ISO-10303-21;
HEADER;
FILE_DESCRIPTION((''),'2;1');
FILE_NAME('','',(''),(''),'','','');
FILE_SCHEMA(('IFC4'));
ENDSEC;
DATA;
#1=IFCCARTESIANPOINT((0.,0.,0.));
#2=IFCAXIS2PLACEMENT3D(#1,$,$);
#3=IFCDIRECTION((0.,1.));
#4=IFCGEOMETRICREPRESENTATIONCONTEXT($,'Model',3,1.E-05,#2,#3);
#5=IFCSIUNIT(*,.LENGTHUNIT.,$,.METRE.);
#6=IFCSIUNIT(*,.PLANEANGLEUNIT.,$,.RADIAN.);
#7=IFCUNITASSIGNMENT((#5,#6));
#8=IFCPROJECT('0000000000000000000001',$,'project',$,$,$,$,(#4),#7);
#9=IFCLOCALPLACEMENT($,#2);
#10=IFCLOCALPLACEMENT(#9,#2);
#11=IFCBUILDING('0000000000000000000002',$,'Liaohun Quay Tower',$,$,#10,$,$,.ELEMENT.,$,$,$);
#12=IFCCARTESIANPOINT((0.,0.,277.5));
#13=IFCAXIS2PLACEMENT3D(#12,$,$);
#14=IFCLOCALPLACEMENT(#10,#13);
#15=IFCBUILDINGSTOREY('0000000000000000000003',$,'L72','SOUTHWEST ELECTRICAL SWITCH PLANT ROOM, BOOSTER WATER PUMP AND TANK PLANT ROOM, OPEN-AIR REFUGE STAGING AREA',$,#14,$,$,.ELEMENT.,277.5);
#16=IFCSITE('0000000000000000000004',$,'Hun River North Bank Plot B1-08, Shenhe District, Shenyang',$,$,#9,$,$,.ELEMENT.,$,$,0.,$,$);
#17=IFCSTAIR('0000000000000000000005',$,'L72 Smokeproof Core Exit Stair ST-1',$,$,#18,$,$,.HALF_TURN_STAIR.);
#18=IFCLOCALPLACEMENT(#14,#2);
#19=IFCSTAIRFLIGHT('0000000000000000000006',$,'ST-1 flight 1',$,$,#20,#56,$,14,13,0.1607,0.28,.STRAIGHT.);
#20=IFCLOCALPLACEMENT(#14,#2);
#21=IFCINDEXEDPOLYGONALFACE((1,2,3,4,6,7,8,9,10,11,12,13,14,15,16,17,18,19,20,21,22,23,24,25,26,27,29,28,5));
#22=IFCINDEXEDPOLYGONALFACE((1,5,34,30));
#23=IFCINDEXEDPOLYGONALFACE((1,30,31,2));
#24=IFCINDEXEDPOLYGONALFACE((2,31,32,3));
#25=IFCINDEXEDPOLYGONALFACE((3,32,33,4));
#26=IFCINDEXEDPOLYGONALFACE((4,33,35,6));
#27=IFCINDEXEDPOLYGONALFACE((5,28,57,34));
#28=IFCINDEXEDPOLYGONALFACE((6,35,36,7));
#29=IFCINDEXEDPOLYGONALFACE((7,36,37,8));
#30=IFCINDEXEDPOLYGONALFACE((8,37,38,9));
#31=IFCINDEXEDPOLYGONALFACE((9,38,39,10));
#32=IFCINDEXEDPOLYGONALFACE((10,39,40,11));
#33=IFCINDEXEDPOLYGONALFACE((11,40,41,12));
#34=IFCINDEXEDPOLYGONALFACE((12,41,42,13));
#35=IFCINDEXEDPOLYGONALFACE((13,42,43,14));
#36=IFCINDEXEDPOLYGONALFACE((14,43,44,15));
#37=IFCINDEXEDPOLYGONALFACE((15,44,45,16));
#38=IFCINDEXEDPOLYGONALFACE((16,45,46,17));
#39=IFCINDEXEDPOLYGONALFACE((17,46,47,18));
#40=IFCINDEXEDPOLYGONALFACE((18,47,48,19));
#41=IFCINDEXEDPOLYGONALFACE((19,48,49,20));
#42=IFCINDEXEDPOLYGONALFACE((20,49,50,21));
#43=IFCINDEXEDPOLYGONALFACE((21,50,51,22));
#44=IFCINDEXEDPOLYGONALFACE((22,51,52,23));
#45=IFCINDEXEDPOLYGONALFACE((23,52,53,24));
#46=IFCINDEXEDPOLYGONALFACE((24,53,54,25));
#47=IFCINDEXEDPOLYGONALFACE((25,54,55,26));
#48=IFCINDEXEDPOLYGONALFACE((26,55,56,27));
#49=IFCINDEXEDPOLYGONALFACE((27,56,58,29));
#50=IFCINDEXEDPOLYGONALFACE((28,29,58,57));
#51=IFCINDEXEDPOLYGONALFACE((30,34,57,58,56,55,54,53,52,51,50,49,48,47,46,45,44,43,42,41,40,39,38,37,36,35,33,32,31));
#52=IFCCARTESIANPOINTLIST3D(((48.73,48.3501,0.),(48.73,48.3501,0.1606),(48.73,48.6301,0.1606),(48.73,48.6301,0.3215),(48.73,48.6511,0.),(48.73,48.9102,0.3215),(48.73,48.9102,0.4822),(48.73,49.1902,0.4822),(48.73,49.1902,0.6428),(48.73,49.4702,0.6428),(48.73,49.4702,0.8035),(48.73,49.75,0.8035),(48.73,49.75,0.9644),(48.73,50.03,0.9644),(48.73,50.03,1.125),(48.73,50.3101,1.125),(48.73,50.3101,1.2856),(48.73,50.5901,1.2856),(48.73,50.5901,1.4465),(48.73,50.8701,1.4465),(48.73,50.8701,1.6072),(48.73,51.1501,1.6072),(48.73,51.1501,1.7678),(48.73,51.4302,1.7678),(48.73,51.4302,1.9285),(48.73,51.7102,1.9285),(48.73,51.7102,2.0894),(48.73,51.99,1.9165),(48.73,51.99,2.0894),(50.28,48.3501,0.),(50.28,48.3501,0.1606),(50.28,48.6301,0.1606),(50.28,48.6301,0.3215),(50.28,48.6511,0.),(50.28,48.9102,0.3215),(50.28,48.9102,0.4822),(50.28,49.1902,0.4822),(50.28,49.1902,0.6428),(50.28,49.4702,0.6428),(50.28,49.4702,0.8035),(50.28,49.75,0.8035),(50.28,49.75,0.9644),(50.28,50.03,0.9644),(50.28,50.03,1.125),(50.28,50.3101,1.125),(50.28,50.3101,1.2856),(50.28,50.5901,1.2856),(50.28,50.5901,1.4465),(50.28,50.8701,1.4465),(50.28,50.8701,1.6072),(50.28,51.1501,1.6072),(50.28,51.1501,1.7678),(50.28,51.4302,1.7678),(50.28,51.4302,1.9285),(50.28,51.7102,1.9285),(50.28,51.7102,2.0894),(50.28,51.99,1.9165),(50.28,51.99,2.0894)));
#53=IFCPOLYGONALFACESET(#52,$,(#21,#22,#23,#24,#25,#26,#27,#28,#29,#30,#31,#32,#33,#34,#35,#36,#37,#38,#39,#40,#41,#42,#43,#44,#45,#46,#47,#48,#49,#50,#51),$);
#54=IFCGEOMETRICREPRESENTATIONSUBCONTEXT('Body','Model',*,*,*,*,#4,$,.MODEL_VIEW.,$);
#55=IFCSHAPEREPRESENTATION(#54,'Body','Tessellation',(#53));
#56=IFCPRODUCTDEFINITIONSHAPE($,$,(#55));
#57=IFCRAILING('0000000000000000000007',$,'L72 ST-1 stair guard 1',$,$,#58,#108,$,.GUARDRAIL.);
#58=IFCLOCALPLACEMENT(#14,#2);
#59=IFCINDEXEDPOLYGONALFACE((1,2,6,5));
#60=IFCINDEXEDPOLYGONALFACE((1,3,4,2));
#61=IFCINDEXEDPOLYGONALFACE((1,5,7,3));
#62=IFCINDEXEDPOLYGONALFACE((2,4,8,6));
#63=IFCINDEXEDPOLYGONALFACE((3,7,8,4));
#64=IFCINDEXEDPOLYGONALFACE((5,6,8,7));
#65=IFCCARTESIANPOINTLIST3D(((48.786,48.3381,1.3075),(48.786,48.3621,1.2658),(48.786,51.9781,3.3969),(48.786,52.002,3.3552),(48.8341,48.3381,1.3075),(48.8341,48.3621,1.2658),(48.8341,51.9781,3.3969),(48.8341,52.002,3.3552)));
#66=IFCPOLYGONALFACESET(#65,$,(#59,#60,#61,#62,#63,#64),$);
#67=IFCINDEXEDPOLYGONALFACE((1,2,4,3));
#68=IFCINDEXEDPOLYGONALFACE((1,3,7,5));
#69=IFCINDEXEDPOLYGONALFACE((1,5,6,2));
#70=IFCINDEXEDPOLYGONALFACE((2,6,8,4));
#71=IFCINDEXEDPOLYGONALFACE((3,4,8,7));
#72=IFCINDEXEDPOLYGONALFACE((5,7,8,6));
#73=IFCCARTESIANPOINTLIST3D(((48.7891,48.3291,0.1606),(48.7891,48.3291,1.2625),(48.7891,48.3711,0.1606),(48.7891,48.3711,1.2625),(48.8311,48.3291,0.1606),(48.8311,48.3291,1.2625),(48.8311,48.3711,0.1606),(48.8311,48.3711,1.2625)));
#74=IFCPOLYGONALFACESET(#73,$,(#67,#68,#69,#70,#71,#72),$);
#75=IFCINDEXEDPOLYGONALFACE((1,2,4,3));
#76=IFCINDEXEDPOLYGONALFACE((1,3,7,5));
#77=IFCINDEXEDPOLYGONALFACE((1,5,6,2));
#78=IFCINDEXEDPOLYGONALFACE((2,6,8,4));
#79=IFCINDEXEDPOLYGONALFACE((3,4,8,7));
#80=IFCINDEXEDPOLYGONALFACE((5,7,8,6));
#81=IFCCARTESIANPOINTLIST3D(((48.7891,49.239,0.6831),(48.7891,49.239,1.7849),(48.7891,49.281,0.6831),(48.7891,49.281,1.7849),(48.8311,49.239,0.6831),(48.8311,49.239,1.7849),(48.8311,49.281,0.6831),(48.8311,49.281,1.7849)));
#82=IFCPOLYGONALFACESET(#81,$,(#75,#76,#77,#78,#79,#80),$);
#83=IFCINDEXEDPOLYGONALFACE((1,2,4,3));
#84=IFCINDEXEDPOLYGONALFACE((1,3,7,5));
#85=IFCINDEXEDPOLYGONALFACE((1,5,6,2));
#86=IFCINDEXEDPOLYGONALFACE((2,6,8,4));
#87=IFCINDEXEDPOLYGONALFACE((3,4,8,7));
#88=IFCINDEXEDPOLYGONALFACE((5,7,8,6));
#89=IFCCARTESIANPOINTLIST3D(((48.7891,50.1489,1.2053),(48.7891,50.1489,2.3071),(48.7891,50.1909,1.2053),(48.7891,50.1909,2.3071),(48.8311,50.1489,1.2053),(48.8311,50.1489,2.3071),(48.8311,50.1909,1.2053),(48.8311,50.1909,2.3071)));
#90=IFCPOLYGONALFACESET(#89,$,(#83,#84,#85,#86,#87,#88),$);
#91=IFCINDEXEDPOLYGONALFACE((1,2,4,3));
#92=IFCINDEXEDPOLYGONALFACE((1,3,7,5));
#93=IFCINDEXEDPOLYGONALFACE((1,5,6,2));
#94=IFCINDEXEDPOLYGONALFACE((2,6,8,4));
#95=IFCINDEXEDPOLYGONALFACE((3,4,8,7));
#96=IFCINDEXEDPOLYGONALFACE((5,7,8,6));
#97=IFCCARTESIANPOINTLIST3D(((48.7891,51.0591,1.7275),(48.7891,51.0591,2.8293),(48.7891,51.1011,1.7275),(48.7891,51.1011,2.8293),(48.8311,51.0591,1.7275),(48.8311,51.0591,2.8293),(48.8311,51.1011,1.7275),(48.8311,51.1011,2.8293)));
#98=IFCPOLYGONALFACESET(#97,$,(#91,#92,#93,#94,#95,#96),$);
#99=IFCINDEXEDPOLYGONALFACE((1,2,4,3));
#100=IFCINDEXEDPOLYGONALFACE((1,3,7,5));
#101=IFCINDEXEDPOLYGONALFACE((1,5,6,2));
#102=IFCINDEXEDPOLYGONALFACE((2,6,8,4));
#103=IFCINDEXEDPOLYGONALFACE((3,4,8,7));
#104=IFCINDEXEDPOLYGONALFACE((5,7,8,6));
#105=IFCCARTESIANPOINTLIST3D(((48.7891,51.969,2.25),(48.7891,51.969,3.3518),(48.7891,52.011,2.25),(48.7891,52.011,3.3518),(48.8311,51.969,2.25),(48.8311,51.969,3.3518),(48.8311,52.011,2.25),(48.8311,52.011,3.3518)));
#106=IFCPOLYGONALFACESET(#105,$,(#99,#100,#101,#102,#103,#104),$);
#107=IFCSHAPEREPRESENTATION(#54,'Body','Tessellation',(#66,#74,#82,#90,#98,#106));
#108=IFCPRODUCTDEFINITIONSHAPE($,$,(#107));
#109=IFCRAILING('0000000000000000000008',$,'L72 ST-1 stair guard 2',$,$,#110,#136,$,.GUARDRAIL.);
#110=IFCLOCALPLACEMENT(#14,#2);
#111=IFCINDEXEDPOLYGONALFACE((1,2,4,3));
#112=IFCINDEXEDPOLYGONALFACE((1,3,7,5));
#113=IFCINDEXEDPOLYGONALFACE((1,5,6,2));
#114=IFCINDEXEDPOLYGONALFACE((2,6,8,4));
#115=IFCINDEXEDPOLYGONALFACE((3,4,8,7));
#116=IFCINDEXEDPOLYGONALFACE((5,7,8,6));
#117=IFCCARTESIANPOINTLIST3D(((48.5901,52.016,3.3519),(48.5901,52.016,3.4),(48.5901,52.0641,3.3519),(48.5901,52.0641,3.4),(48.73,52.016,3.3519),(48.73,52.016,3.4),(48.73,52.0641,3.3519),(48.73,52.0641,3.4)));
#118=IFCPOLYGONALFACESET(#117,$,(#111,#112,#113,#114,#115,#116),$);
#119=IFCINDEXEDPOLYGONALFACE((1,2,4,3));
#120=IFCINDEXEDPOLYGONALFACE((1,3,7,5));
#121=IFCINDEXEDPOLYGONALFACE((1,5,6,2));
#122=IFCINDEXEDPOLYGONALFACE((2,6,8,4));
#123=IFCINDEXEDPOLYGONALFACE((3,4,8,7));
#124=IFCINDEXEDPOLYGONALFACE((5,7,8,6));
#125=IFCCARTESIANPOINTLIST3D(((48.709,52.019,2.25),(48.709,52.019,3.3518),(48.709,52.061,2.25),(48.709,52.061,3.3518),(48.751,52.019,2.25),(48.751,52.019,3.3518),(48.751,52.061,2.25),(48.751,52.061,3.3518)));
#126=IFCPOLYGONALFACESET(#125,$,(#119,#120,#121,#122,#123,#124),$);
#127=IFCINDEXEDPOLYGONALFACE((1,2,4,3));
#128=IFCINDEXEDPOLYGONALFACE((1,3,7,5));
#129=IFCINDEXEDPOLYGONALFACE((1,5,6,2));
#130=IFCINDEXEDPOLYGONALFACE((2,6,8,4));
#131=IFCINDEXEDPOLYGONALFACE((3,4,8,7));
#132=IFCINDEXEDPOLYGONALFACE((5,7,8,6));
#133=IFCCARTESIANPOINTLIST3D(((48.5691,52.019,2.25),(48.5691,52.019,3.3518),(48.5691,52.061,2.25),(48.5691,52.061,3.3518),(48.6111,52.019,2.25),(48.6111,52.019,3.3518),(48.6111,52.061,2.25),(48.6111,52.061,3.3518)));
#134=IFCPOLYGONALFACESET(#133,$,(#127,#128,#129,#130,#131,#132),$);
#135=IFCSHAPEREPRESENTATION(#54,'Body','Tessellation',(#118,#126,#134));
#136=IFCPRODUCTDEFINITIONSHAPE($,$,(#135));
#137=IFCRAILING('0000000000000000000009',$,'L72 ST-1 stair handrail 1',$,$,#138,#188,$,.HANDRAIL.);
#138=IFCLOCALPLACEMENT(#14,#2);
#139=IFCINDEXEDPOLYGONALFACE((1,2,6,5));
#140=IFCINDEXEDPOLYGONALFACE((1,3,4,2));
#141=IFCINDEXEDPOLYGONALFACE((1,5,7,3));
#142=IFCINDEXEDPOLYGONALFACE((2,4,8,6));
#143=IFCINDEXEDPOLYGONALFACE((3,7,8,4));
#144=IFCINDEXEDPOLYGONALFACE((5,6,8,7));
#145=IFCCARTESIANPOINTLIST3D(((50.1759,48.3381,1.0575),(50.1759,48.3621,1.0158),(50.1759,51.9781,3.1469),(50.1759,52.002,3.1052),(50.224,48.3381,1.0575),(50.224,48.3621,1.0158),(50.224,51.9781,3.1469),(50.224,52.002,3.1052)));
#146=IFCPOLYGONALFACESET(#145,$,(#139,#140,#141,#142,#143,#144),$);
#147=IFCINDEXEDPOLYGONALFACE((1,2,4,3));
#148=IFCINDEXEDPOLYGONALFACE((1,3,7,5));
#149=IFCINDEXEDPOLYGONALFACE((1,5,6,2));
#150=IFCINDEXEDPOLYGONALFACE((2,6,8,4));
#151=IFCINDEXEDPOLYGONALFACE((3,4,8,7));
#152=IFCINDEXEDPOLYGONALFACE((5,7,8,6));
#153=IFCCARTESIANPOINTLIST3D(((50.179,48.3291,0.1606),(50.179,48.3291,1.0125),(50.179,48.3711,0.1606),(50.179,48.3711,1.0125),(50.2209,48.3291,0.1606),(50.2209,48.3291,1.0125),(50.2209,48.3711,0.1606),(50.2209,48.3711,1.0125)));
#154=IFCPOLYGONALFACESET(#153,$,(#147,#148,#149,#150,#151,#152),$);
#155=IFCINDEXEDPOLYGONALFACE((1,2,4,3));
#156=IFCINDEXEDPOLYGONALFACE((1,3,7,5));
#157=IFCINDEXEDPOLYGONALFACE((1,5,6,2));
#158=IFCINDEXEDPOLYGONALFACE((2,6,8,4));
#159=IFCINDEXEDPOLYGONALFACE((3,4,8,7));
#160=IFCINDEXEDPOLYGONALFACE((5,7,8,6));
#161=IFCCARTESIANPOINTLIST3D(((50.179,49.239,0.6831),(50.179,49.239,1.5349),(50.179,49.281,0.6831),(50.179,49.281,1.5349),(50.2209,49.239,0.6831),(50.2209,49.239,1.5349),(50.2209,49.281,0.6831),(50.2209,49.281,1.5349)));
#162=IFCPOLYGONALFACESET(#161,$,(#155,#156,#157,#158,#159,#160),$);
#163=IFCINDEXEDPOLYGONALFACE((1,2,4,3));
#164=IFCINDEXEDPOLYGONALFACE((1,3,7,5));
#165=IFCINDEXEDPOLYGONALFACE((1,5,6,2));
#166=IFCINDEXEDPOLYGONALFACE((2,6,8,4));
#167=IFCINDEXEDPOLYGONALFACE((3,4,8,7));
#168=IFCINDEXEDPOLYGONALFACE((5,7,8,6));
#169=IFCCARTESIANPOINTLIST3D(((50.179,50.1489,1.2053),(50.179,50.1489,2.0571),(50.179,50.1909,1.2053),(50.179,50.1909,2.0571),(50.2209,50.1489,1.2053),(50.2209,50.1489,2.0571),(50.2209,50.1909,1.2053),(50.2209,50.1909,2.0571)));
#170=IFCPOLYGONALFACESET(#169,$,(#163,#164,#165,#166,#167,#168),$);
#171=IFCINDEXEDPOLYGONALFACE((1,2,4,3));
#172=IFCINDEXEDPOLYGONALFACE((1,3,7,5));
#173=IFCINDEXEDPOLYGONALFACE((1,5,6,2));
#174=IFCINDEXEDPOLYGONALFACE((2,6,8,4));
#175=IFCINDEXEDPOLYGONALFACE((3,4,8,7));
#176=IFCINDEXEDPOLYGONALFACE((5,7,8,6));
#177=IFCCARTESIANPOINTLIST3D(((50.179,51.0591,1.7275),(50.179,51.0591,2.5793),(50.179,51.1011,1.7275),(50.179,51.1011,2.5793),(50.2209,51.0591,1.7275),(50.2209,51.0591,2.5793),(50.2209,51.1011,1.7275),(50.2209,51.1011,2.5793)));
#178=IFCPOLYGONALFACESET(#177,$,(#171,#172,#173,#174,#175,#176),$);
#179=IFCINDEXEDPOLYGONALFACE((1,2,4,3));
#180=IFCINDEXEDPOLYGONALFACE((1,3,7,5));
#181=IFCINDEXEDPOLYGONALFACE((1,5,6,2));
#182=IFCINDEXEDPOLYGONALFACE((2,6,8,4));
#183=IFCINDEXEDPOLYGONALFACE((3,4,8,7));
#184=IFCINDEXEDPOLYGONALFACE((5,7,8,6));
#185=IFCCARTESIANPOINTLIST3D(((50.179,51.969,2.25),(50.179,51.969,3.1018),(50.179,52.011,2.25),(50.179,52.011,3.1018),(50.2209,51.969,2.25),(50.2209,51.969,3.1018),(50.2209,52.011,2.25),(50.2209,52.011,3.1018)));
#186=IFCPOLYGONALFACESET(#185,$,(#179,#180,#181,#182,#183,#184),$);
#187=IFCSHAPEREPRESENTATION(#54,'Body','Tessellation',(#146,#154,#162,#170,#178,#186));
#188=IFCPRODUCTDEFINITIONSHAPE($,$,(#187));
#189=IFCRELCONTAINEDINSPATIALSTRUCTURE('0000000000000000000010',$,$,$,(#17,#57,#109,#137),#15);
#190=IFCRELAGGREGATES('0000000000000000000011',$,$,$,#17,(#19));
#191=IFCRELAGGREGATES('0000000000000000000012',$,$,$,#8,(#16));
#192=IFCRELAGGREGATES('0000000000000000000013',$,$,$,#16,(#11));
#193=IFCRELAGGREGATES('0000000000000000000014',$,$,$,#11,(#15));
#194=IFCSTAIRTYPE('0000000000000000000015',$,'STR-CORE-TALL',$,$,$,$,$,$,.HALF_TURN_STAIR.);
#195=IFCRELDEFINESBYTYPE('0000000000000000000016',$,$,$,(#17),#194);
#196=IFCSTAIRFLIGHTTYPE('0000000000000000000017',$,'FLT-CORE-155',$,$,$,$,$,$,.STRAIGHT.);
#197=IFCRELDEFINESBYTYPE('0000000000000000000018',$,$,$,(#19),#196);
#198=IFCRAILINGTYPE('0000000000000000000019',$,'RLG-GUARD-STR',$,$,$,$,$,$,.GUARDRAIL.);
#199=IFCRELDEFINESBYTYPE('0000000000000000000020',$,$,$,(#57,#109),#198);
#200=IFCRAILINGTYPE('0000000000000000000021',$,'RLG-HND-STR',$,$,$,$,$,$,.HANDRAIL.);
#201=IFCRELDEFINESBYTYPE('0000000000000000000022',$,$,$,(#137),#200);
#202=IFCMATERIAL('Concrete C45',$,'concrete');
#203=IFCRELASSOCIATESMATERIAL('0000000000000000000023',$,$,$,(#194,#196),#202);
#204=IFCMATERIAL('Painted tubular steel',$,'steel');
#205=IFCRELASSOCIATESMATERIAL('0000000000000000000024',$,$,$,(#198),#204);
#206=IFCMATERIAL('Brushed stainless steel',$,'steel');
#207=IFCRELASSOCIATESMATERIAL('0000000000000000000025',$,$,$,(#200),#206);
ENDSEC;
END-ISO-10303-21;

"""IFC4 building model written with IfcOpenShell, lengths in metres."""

from ifc_helpers import new_model, si_unit, direction, frame, origin, origin_2d, place, context, subcontext, project, spatial, polyline, rectangle, outline, extrude, material, type_object, element, aggregate, save


model = new_model("IFC4")

# Units and contexts
model_context = context("Model", 3, precision=1e-05, world=origin(), true_north=direction((0.0, 1.0)))
body_context = subcontext(model_context, "Body", "Model", "MODEL_VIEW")
ifc_project = project(units=[si_unit("LENGTHUNIT", "METRE"), si_unit("PLANEANGLEUNIT", "RADIAN")], contexts=[model_context])

# Site, building, storey
site_placement = place(None, origin())
site = spatial("IfcSite", under=ifc_project, at=site_placement, Name="Hun River North Bank Plot B1-08, Shenhe District, Shenyang", CompositionType="ELEMENT", RefElevation=0.0)
building_placement = place(site_placement, origin())
building = spatial("IfcBuilding", under=site, at=building_placement, Name="Liaohun Quay Tower", CompositionType="ELEMENT")
storey_placement = place(building_placement, frame((0.0, 0.0, 277.5)))
storey = spatial("IfcBuildingStorey", under=building, at=storey_placement, Name="L72", Description="SOUTHWEST ELECTRICAL SWITCH PLANT ROOM, BOOSTER WATER PUMP AND TANK PLANT ROOM, OPEN-AIR REFUGE STAGING AREA", CompositionType="ELEMENT", Elevation=277.5)

# Stair, stair flight
ifc_material_1 = material(Name="Concrete C45", Category="concrete")
stair_type = type_object("IfcStairType", Name="STR-CORE-TALL", PredefinedType="HALF_TURN_STAIR", material=ifc_material_1)
stair_placement = place(storey_placement, origin())
stair = element("IfcStair", 1, at=stair_placement, inside=storey, type_object=stair_type, Name="L72 Smokeproof Core Exit Stair ST-1", PredefinedType="HALF_TURN_STAIR")
stair_flight_type = type_object("IfcStairFlightType", Name="FLT-CORE-155", PredefinedType="STRAIGHT", material=ifc_material_1)
stair_flight_placement = place(storey_placement, frame((49.5049, 48.3501, 0.0), z_axis=(0.0, 0.0, 1.0), x_axis=(0.0, 1.0, 0.0)))
stair_flight = element("IfcStairFlight", 2, at=stair_flight_placement, type_object=stair_flight_type, Name="ST-1 flight 1", NumberOfRisers=14, NumberOfTreads=13, PredefinedType="STRAIGHT", RiserHeight=0.1607, TreadLength=0.28, context=body_context, shape_type="SweptSolid", body=[
    extrude(outline(polyline([(0.0, 0.0), (0.0, 0.1606), (0.28, 0.1606), (0.28, 0.3215), (0.5601, 0.3215), (0.5601, 0.4822), (0.8401, 0.4822), (0.8401, 0.6428), (1.1201, 0.6428), (1.1201, 0.8035), (1.3999, 0.8035), (1.3999, 0.9644), (1.6799, 0.9644), (1.6799, 1.125), (1.96, 1.125), (1.96, 1.2856), (2.24, 1.2856), (2.24, 1.4465), (2.52, 1.4465), (2.52, 1.6072), (2.8, 1.6072), (2.8, 1.7678), (3.0801, 1.7678), (3.0801, 1.9285), (3.3601, 1.9285), (3.3601, 2.0894), (3.6399, 2.0894), (3.6399, 2.25), (3.6399, 1.9165), (0.301, 0.0), (0.0, 0.0)])), frame((0.0, 0.7749, 0.0), z_axis=(0.0, -1.0, 0.0), x_axis=(1.0, 0.0, 0.0)), (0.0, 0.0, 1.0), 1.55),
])
aggregate(stair, [stair_flight])

# Railings
ifc_material_2 = material(Name="Painted tubular steel", Category="steel")
railing_type_1 = type_object("IfcRailingType", Name="RLG-GUARD-STR", PredefinedType="GUARDRAIL", material=ifc_material_2)
railing_1_placement = place(storey_placement, frame((48.8101, 48.3501, 0.1606)))
element("IfcRailing", 3, at=railing_1_placement, inside=storey, type_object=railing_type_1, Name="L72 ST-1 stair guard 1", PredefinedType="GUARDRAIL", context=body_context, shape_type="SweptSolid", body=[
    extrude(rectangle(XDim=0.0481, YDim=0.0481, at=origin_2d()), frame((0.0, 0.0, 1.126), z_axis=(0.0, 0.867275, 0.497829), x_axis=(-1.0, 0.0, 0.0)), (0.0, 0.0, 1.0), 4.197),
    extrude(rectangle(XDim=0.042, YDim=0.042, at=origin_2d()), origin(), (0.0, 0.0, 1.0), 1.1018),
    extrude(rectangle(XDim=0.042, YDim=0.042, at=origin_2d()), frame((0.0, 0.9099, 0.5225)), (0.0, 0.0, 1.0), 1.1018),
    extrude(rectangle(XDim=0.042, YDim=0.042, at=origin_2d()), frame((0.0, 1.8198, 1.0447)), (0.0, 0.0, 1.0), 1.1018),
    extrude(rectangle(XDim=0.042, YDim=0.042, at=origin_2d()), frame((0.0, 2.73, 1.5669)), (0.0, 0.0, 1.0), 1.1018),
    extrude(rectangle(XDim=0.042, YDim=0.042, at=origin_2d()), frame((0.0, 3.6399, 2.0894)), (0.0, 0.0, 1.0), 1.1018),
])
railing_2_placement = place(storey_placement, frame((48.73, 52.04, 2.25)))
element("IfcRailing", 4, at=railing_2_placement, inside=storey, type_object=railing_type_1, Name="L72 ST-1 stair guard 2", PredefinedType="GUARDRAIL", context=body_context, shape_type="SweptSolid", body=[
    extrude(rectangle(XDim=0.0481, YDim=0.0481, at=origin_2d()), frame((0.0, 0.0, 1.126), z_axis=(-1.0, 0.0, 0.0), x_axis=(0.0, -1.0, 0.0)), (0.0, 0.0, 1.0), 0.1399),
    extrude(rectangle(XDim=0.042, YDim=0.042, at=origin_2d()), origin(), (0.0, 0.0, 1.0), 1.1018),
    extrude(rectangle(XDim=0.042, YDim=0.042, at=origin_2d()), frame((-0.1399, 0.0, 0.0)), (0.0, 0.0, 1.0), 1.1018),
])
ifc_material_3 = material(Name="Brushed stainless steel", Category="steel")
railing_type_2 = type_object("IfcRailingType", Name="RLG-HND-STR", PredefinedType="HANDRAIL", material=ifc_material_3)
railing_3_placement = place(storey_placement, frame((50.2, 48.3501, 0.1606)))
element("IfcRailing", 5, at=railing_3_placement, inside=storey, type_object=railing_type_2, Name="L72 ST-1 stair handrail 1", PredefinedType="HANDRAIL", context=body_context, shape_type="SweptSolid", body=[
    extrude(rectangle(XDim=0.0481, YDim=0.0481, at=origin_2d()), frame((0.0, 0.0, 0.876), z_axis=(0.0, 0.867275, 0.497829), x_axis=(-1.0, 0.0, 0.0)), (0.0, 0.0, 1.0), 4.197),
    extrude(rectangle(XDim=0.042, YDim=0.042, at=origin_2d()), origin(), (0.0, 0.0, 1.0), 0.8518),
    extrude(rectangle(XDim=0.042, YDim=0.042, at=origin_2d()), frame((0.0, 0.9099, 0.5225)), (0.0, 0.0, 1.0), 0.8518),
    extrude(rectangle(XDim=0.042, YDim=0.042, at=origin_2d()), frame((0.0, 1.8198, 1.0447)), (0.0, 0.0, 1.0), 0.8518),
    extrude(rectangle(XDim=0.042, YDim=0.042, at=origin_2d()), frame((0.0, 2.73, 1.5669)), (0.0, 0.0, 1.0), 0.8518),
    extrude(rectangle(XDim=0.042, YDim=0.042, at=origin_2d()), frame((0.0, 3.6399, 2.0894)), (0.0, 0.0, 1.0), 0.8518),
])

save(model, "model.ifc")
